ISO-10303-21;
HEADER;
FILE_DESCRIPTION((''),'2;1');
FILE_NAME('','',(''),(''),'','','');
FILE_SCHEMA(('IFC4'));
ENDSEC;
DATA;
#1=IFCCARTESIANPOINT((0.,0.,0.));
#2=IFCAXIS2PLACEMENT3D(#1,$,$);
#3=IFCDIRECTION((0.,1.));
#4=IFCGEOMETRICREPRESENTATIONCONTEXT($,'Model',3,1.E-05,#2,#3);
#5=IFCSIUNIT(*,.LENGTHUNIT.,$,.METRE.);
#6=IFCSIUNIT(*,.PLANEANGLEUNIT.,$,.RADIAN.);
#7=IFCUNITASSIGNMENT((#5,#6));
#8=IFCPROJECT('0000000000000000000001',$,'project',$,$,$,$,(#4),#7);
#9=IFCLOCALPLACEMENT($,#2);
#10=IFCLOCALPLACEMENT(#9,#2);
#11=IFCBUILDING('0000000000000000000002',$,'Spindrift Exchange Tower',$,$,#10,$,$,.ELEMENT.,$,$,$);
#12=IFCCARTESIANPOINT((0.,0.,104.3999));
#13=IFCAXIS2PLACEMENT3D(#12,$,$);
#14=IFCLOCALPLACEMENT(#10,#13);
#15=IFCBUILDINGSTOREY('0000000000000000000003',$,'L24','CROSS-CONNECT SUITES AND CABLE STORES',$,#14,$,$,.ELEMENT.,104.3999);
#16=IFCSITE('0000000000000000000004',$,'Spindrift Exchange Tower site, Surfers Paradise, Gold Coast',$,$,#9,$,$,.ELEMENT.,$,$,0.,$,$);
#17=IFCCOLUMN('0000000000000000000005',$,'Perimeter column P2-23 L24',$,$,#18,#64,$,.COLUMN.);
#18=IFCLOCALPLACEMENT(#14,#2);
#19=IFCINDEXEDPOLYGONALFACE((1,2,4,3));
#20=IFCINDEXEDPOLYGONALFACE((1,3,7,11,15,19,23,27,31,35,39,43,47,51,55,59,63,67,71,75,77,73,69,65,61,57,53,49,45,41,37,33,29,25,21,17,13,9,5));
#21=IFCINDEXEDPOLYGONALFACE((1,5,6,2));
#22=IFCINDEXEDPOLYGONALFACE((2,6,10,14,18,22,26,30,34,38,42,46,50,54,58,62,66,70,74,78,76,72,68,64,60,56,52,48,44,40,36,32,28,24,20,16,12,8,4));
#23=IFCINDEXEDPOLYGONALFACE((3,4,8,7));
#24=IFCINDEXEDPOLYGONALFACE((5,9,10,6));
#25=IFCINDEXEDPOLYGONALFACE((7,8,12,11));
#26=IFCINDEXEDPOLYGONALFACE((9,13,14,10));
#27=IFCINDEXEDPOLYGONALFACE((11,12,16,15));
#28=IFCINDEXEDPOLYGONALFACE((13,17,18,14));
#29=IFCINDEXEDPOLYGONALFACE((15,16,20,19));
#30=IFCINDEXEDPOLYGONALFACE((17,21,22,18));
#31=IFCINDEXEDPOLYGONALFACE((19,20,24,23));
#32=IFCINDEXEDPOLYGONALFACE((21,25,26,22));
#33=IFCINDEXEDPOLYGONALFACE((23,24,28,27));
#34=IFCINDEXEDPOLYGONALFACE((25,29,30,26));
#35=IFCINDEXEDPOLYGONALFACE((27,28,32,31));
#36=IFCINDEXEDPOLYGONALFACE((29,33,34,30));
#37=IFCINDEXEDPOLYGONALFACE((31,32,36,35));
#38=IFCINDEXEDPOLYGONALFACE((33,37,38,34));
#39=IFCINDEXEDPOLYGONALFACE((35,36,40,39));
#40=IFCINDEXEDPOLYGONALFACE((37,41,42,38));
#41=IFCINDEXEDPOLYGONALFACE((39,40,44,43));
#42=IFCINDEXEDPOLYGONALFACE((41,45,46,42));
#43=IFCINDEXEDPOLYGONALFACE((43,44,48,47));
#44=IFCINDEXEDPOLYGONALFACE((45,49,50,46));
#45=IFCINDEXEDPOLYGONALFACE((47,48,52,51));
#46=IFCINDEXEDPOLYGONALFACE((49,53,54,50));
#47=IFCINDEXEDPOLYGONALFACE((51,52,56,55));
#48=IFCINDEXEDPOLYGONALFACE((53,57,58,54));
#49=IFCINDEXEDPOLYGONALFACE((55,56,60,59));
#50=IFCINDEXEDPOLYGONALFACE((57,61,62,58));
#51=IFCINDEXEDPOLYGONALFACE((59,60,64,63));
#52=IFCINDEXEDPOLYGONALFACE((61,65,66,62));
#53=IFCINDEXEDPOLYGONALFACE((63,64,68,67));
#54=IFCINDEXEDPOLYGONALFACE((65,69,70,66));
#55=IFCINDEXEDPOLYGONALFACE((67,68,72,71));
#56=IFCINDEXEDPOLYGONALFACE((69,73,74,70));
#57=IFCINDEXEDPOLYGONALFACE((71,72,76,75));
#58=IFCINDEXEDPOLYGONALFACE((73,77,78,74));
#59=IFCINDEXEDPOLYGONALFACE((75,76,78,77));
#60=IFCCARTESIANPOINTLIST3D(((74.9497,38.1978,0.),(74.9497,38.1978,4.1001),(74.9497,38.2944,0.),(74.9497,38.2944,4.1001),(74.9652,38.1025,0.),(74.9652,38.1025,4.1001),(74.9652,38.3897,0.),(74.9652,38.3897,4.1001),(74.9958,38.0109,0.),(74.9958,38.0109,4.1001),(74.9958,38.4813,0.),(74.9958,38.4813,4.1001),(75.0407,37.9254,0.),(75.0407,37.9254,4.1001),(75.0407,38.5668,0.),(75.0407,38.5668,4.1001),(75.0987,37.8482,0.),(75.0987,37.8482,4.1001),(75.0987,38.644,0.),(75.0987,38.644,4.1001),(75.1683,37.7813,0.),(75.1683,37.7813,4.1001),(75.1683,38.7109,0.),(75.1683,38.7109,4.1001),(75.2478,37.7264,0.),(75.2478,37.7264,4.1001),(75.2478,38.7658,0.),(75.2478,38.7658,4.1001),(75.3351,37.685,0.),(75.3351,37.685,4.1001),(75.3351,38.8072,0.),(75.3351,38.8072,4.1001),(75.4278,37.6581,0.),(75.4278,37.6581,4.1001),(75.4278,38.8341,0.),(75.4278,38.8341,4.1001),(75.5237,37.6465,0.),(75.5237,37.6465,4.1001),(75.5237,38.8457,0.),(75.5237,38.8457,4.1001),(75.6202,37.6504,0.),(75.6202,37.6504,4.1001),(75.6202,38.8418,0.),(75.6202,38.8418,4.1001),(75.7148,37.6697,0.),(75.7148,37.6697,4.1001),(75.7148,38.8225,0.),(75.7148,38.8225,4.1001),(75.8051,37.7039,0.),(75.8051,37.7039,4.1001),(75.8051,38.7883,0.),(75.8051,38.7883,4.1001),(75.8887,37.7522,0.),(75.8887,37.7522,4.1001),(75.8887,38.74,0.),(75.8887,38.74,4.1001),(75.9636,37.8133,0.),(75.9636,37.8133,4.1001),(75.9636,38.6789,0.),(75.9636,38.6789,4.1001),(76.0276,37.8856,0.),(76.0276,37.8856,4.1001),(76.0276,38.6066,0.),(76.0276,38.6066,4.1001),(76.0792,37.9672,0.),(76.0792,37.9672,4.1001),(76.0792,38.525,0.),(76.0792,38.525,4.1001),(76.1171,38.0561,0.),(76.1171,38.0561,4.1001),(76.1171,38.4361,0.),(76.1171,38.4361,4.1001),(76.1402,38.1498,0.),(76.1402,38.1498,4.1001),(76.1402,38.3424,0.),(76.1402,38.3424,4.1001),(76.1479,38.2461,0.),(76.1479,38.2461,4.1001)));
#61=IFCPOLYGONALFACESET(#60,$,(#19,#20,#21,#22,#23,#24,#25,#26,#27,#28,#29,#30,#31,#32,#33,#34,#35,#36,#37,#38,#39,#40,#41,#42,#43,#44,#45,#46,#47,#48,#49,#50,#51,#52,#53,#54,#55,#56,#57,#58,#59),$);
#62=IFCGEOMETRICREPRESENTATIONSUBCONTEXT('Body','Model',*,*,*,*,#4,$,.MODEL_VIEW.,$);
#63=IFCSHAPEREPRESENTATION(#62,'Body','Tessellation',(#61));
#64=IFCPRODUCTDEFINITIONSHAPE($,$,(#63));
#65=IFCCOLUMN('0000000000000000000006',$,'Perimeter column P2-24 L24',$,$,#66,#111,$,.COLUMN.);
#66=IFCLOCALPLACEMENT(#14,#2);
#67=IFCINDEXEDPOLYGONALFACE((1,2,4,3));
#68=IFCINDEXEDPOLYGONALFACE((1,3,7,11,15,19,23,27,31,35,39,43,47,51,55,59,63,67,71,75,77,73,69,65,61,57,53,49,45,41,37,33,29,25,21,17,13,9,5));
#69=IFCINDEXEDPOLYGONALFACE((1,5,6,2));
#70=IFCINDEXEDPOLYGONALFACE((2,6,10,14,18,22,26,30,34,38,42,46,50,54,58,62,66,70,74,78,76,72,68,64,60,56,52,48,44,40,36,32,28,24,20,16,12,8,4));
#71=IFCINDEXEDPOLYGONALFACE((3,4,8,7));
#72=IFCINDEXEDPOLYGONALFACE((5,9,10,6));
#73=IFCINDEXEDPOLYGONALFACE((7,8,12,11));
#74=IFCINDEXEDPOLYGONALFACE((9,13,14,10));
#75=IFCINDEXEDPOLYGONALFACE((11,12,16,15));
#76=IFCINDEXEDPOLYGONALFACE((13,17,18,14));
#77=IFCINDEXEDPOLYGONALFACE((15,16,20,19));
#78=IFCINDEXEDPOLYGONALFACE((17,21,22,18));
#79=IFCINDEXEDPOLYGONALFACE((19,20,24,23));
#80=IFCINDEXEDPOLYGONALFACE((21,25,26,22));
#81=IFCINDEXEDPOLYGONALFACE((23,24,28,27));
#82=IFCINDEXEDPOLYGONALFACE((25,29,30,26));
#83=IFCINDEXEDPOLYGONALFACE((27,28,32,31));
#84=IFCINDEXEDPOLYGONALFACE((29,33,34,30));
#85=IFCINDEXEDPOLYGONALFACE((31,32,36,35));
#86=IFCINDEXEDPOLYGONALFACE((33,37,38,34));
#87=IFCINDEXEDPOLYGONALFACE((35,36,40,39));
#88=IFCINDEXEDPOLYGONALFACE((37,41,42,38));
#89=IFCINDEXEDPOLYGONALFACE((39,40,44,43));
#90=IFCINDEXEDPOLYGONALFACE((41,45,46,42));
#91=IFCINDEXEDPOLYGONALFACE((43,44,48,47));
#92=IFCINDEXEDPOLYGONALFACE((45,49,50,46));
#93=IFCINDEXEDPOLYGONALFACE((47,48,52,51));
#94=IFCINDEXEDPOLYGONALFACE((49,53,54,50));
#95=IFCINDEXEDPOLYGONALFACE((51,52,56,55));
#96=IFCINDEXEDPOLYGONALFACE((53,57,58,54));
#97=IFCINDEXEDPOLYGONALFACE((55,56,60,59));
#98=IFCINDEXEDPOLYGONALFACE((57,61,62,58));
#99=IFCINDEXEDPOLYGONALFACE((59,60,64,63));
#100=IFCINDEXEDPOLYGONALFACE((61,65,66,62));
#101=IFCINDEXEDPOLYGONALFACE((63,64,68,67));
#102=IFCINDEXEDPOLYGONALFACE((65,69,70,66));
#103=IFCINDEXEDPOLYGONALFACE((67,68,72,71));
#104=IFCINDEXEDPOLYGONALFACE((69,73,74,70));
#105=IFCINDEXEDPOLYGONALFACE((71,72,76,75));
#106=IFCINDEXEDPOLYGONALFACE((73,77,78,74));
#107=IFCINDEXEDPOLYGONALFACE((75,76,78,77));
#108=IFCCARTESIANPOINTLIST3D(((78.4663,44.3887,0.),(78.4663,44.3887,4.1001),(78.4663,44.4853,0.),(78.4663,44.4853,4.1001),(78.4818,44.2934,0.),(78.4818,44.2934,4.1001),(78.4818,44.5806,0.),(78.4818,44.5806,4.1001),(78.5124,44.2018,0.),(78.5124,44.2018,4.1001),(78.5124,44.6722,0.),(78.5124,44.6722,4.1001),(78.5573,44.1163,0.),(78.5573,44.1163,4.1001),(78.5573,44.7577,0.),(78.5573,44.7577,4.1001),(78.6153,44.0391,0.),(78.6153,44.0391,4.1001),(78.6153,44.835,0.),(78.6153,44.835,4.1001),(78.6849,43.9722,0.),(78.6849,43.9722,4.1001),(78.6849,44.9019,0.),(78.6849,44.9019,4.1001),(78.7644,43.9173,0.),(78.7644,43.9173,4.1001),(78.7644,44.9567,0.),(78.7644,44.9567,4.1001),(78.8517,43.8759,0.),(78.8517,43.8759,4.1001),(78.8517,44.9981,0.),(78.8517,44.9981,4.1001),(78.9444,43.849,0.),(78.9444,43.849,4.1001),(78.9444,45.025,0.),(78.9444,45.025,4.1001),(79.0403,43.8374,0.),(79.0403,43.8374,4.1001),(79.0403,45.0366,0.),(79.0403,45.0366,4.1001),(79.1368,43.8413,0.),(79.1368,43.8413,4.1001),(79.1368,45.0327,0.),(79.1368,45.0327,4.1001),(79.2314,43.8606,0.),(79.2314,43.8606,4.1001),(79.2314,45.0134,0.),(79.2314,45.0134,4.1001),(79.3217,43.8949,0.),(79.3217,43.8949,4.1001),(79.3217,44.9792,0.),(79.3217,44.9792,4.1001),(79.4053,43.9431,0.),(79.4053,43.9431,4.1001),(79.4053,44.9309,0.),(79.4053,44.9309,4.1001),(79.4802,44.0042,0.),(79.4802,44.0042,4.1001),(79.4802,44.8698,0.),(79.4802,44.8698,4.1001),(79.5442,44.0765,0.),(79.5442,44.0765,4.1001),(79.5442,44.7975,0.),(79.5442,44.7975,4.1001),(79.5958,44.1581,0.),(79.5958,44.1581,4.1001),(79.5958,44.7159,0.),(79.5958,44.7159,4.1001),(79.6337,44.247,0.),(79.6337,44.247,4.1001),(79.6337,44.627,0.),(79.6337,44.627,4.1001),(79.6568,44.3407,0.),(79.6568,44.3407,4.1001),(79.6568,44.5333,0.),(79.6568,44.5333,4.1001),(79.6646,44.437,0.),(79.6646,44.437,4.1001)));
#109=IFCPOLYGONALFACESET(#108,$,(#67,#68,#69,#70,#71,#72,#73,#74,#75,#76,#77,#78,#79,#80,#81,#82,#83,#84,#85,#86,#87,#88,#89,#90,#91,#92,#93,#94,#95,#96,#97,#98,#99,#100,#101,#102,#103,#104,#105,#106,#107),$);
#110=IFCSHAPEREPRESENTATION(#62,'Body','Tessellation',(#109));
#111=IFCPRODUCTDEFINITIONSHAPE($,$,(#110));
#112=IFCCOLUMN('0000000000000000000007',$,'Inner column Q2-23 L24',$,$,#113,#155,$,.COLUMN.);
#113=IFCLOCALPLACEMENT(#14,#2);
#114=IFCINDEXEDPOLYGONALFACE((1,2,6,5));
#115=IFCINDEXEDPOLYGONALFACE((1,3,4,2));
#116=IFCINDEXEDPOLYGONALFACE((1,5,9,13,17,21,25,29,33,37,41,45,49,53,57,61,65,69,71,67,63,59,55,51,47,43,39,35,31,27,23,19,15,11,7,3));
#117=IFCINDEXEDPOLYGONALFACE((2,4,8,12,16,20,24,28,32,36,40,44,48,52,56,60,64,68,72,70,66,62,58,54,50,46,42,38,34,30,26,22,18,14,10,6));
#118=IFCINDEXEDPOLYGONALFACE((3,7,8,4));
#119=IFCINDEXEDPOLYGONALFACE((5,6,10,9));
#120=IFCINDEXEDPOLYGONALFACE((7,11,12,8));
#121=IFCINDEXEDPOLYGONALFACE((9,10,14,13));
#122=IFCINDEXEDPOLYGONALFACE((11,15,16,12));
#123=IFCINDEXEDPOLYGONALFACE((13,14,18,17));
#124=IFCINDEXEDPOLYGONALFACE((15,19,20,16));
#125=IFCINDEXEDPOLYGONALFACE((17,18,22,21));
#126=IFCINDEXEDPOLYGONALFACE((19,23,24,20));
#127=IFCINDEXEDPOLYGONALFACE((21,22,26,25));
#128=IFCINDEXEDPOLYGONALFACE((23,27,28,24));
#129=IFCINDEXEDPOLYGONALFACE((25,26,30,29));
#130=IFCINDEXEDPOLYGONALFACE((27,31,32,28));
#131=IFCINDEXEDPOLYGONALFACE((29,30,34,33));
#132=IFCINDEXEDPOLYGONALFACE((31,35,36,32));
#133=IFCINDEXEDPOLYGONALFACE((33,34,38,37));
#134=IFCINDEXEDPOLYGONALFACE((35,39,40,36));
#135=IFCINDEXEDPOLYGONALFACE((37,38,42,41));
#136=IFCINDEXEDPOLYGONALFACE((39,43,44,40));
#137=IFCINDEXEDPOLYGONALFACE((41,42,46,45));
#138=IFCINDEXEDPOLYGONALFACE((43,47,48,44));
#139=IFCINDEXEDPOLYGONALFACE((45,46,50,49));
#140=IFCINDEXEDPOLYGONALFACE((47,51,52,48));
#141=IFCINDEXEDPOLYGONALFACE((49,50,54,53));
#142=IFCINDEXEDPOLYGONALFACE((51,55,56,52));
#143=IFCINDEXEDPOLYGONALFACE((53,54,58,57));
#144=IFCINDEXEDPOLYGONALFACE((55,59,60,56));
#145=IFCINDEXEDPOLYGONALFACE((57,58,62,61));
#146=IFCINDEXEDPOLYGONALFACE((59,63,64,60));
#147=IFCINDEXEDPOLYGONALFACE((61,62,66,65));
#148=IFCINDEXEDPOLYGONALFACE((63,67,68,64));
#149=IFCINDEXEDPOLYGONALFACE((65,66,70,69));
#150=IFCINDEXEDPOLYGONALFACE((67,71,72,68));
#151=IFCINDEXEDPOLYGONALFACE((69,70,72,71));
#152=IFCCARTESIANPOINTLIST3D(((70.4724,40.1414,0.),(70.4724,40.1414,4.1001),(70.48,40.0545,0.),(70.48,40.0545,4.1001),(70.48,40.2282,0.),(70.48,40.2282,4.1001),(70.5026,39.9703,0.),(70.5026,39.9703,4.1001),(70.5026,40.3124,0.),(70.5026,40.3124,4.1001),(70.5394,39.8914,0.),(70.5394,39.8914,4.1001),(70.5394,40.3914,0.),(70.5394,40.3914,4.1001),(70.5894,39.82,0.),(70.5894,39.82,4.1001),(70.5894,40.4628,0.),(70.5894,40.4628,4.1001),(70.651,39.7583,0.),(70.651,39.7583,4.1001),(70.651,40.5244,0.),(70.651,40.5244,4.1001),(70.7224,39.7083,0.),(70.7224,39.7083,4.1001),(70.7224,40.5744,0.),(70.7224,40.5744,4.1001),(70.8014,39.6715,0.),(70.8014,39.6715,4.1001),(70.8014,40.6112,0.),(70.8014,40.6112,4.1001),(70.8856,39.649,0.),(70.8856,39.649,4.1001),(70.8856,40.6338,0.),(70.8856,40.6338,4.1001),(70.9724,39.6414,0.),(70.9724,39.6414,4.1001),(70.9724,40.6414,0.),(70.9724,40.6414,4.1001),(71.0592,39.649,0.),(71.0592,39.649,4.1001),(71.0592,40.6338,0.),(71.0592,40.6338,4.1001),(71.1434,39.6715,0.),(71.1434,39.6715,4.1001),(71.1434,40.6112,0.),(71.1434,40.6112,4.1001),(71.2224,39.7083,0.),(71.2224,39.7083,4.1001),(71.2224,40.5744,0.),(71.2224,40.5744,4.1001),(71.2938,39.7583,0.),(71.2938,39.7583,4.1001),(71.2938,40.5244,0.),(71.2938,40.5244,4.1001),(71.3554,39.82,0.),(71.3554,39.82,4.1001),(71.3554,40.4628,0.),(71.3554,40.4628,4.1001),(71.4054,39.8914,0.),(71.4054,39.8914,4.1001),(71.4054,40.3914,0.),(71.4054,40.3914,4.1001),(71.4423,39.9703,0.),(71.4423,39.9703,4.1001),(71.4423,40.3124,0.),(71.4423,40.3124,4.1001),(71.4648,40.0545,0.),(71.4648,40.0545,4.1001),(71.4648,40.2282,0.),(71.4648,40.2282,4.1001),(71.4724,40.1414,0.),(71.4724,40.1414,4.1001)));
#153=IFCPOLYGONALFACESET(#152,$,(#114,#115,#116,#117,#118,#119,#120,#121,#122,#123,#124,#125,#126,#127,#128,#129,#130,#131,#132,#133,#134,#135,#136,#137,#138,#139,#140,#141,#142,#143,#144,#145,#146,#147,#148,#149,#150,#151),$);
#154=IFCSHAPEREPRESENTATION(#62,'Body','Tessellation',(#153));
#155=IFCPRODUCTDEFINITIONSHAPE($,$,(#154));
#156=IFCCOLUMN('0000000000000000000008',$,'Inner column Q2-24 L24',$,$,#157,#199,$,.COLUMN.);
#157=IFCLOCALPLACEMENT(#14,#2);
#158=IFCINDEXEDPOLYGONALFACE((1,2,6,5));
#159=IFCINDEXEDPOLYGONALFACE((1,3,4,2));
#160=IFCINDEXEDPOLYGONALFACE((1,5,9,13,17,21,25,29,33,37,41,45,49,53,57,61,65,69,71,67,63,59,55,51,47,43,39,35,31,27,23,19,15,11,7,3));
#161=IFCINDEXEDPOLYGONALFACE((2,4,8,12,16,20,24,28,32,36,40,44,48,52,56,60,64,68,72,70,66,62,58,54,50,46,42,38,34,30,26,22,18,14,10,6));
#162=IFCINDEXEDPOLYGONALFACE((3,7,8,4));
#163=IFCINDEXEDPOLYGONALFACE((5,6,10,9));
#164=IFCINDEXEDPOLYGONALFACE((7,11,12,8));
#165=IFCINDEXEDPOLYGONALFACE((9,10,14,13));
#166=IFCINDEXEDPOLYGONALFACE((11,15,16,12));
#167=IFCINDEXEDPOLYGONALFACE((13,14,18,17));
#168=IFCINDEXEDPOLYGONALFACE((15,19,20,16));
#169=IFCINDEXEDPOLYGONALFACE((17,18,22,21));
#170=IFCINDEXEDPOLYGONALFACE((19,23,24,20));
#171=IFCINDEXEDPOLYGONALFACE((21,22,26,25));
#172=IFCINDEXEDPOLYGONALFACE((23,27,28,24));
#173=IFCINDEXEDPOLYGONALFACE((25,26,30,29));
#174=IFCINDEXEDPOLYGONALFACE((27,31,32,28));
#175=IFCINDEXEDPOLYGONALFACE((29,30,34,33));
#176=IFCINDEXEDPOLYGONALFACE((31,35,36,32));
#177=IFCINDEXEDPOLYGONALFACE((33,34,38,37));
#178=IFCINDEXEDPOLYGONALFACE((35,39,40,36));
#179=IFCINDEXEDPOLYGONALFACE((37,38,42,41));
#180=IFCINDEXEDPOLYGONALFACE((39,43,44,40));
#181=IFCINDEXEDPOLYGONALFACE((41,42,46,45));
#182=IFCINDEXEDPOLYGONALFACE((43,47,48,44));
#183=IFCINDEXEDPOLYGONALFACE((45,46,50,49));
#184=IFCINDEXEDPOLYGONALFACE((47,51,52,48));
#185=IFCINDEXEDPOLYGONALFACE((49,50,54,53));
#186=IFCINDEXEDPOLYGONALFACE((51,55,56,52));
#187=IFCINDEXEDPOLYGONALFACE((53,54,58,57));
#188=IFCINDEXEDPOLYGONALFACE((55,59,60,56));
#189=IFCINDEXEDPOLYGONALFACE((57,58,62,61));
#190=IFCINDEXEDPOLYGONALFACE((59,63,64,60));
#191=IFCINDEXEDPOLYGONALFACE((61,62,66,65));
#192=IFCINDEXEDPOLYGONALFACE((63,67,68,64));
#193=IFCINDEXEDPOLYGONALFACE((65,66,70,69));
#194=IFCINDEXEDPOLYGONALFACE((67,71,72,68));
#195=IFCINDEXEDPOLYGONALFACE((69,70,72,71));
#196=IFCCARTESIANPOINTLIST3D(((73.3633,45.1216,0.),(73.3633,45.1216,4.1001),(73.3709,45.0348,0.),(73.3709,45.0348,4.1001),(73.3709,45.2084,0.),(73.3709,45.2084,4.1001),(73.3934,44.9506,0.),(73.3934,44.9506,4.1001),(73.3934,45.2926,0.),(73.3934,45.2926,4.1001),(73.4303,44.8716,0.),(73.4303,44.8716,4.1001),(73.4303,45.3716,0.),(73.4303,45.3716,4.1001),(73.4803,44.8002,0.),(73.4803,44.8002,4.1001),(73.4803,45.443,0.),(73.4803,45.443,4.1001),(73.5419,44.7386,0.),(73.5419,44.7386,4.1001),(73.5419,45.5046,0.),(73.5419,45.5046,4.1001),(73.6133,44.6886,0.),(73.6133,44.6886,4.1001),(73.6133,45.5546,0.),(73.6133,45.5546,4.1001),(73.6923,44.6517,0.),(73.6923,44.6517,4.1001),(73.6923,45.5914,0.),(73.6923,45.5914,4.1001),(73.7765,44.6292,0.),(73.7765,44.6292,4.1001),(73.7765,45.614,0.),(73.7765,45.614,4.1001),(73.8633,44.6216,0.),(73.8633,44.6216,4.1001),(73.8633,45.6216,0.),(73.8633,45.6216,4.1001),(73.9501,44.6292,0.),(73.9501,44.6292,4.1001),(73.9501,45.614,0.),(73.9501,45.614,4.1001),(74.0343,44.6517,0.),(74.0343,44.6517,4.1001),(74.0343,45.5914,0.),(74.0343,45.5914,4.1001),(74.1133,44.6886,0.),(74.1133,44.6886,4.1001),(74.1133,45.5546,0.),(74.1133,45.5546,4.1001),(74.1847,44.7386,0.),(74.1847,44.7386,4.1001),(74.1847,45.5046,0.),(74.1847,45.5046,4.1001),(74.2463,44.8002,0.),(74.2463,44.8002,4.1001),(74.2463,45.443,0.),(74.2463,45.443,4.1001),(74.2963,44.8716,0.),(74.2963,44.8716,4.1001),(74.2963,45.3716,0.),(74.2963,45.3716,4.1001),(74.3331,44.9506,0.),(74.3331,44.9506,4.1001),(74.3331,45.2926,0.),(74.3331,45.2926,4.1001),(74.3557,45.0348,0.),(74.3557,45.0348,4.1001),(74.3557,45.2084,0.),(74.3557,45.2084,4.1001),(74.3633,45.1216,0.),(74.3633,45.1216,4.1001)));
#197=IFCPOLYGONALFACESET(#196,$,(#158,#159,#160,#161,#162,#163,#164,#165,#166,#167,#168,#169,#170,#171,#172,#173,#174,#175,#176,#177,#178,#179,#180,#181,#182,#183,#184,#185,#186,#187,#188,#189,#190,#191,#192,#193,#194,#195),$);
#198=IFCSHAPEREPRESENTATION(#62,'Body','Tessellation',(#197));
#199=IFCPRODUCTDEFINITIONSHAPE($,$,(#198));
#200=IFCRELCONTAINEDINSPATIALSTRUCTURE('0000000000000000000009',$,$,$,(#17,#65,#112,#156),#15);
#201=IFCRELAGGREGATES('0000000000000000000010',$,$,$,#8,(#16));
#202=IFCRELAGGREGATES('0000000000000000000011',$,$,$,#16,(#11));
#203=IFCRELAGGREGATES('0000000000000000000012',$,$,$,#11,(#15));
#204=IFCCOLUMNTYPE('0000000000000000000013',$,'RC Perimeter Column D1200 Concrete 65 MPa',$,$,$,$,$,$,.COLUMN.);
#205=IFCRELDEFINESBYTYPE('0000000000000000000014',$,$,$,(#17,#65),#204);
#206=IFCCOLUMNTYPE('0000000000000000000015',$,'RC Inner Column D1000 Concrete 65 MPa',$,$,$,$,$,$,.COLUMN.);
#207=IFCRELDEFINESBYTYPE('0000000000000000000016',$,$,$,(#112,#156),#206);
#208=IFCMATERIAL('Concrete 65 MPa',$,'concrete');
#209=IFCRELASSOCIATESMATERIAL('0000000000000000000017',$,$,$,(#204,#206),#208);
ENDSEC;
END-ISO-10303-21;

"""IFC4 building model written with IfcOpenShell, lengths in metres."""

from ifc_helpers import new_model, si_unit, direction, frame, origin, origin_2d, place, context, subcontext, project, spatial, circle, extrude, source, transform, mapped, material, material_profile, profile_set, type_object, element, save


model = new_model("IFC4")

# Units and contexts
model_context = context("Model", 3, precision=1e-05, world=origin(), true_north=direction((0.0, 1.0)))
body_context = subcontext(model_context, "Body", "Model", "MODEL_VIEW")
ifc_project = project(units=[si_unit("LENGTHUNIT", "METRE"), si_unit("PLANEANGLEUNIT", "RADIAN")], contexts=[model_context])

# Site, building, storey
site_placement = place(None, origin())
site = spatial("IfcSite", under=ifc_project, at=site_placement, Name="Spindrift Exchange Tower site, Surfers Paradise, Gold Coast", CompositionType="ELEMENT", RefElevation=0.0)
building_placement = place(site_placement, origin())
building = spatial("IfcBuilding", under=site, at=building_placement, Name="Spindrift Exchange Tower", CompositionType="ELEMENT")
storey_placement = place(building_placement, frame((0.0, 0.0, 104.3999)))
storey = spatial("IfcBuildingStorey", under=building, at=storey_placement, Name="L24", Description="CROSS-CONNECT SUITES AND CABLE STORES", CompositionType="ELEMENT", Elevation=104.3999)

# Columns
ifc_material_1 = material(Name="Concrete 65 MPa", Category="concrete")
ifc_material_profile_1 = material_profile(ifc_material_1, circle(Radius=0.6001, at=origin_2d()), Name="RC D1200")
ifc_profile_set_1 = profile_set([ifc_material_profile_1], Name="Concrete 65 MPa")
column_type_1 = type_object("IfcColumnType", Name="RC Perimeter Column D1200 Concrete 65 MPa", PredefinedType="COLUMN", material=ifc_profile_set_1)
shared_shape_1 = source(origin(), body_context, "Body", "SweptSolid", [
    extrude(circle(Radius=0.6001, at=origin_2d()), origin(), (0.0, 0.0, 1.0), 4.1001),
])
for number, where, z_axis, x_axis, name in (
    (1, (75.5479, 38.2461, 0.0), (0.0, 0.0, 1.0), (1.0, 0.0, 0.0), "Perimeter column P2-23 L24"),
    (2, (79.0645, 44.437, 0.0), (0.0, 0.0, 1.0), (1.0, 0.0, 0.0), "Perimeter column P2-24 L24"),
):
    element("IfcColumn", number, at=place(storey_placement, frame(where, z_axis=z_axis, x_axis=x_axis)), inside=storey, type_object=column_type_1, Name=name, PredefinedType="COLUMN", context=body_context, shape_type="MappedRepresentation", body=[
        mapped(shared_shape_1, transform((0.0, 0.0, 0.0), scale=1.0)),
    ])
ifc_material_profile_2 = material_profile(ifc_material_1, circle(Radius=0.5, at=origin_2d()), Name="RC D1000")
ifc_profile_set_2 = profile_set([ifc_material_profile_2], Name="Concrete 65 MPa")
column_type_2 = type_object("IfcColumnType", Name="RC Inner Column D1000 Concrete 65 MPa", PredefinedType="COLUMN", material=ifc_profile_set_2)
shared_shape_2 = source(origin(), body_context, "Body", "SweptSolid", [
    extrude(circle(Radius=0.5, at=origin_2d()), origin(), (0.0, 0.0, 1.0), 4.1001),
])
for number, where, z_axis, x_axis, name in (
    (3, (70.9724, 40.1414, 0.0), (0.0, 0.0, 1.0), (1.0, 0.0, 0.0), "Inner column Q2-23 L24"),
    (4, (73.8633, 45.1216, 0.0), (0.0, 0.0, 1.0), (1.0, 0.0, 0.0), "Inner column Q2-24 L24"),
):
    element("IfcColumn", number, at=place(storey_placement, frame(where, z_axis=z_axis, x_axis=x_axis)), inside=storey, type_object=column_type_2, Name=name, PredefinedType="COLUMN", context=body_context, shape_type="MappedRepresentation", body=[
        mapped(shared_shape_2, transform((0.0, 0.0, 0.0), scale=1.0)),
    ])

save(model, "model.ifc")
